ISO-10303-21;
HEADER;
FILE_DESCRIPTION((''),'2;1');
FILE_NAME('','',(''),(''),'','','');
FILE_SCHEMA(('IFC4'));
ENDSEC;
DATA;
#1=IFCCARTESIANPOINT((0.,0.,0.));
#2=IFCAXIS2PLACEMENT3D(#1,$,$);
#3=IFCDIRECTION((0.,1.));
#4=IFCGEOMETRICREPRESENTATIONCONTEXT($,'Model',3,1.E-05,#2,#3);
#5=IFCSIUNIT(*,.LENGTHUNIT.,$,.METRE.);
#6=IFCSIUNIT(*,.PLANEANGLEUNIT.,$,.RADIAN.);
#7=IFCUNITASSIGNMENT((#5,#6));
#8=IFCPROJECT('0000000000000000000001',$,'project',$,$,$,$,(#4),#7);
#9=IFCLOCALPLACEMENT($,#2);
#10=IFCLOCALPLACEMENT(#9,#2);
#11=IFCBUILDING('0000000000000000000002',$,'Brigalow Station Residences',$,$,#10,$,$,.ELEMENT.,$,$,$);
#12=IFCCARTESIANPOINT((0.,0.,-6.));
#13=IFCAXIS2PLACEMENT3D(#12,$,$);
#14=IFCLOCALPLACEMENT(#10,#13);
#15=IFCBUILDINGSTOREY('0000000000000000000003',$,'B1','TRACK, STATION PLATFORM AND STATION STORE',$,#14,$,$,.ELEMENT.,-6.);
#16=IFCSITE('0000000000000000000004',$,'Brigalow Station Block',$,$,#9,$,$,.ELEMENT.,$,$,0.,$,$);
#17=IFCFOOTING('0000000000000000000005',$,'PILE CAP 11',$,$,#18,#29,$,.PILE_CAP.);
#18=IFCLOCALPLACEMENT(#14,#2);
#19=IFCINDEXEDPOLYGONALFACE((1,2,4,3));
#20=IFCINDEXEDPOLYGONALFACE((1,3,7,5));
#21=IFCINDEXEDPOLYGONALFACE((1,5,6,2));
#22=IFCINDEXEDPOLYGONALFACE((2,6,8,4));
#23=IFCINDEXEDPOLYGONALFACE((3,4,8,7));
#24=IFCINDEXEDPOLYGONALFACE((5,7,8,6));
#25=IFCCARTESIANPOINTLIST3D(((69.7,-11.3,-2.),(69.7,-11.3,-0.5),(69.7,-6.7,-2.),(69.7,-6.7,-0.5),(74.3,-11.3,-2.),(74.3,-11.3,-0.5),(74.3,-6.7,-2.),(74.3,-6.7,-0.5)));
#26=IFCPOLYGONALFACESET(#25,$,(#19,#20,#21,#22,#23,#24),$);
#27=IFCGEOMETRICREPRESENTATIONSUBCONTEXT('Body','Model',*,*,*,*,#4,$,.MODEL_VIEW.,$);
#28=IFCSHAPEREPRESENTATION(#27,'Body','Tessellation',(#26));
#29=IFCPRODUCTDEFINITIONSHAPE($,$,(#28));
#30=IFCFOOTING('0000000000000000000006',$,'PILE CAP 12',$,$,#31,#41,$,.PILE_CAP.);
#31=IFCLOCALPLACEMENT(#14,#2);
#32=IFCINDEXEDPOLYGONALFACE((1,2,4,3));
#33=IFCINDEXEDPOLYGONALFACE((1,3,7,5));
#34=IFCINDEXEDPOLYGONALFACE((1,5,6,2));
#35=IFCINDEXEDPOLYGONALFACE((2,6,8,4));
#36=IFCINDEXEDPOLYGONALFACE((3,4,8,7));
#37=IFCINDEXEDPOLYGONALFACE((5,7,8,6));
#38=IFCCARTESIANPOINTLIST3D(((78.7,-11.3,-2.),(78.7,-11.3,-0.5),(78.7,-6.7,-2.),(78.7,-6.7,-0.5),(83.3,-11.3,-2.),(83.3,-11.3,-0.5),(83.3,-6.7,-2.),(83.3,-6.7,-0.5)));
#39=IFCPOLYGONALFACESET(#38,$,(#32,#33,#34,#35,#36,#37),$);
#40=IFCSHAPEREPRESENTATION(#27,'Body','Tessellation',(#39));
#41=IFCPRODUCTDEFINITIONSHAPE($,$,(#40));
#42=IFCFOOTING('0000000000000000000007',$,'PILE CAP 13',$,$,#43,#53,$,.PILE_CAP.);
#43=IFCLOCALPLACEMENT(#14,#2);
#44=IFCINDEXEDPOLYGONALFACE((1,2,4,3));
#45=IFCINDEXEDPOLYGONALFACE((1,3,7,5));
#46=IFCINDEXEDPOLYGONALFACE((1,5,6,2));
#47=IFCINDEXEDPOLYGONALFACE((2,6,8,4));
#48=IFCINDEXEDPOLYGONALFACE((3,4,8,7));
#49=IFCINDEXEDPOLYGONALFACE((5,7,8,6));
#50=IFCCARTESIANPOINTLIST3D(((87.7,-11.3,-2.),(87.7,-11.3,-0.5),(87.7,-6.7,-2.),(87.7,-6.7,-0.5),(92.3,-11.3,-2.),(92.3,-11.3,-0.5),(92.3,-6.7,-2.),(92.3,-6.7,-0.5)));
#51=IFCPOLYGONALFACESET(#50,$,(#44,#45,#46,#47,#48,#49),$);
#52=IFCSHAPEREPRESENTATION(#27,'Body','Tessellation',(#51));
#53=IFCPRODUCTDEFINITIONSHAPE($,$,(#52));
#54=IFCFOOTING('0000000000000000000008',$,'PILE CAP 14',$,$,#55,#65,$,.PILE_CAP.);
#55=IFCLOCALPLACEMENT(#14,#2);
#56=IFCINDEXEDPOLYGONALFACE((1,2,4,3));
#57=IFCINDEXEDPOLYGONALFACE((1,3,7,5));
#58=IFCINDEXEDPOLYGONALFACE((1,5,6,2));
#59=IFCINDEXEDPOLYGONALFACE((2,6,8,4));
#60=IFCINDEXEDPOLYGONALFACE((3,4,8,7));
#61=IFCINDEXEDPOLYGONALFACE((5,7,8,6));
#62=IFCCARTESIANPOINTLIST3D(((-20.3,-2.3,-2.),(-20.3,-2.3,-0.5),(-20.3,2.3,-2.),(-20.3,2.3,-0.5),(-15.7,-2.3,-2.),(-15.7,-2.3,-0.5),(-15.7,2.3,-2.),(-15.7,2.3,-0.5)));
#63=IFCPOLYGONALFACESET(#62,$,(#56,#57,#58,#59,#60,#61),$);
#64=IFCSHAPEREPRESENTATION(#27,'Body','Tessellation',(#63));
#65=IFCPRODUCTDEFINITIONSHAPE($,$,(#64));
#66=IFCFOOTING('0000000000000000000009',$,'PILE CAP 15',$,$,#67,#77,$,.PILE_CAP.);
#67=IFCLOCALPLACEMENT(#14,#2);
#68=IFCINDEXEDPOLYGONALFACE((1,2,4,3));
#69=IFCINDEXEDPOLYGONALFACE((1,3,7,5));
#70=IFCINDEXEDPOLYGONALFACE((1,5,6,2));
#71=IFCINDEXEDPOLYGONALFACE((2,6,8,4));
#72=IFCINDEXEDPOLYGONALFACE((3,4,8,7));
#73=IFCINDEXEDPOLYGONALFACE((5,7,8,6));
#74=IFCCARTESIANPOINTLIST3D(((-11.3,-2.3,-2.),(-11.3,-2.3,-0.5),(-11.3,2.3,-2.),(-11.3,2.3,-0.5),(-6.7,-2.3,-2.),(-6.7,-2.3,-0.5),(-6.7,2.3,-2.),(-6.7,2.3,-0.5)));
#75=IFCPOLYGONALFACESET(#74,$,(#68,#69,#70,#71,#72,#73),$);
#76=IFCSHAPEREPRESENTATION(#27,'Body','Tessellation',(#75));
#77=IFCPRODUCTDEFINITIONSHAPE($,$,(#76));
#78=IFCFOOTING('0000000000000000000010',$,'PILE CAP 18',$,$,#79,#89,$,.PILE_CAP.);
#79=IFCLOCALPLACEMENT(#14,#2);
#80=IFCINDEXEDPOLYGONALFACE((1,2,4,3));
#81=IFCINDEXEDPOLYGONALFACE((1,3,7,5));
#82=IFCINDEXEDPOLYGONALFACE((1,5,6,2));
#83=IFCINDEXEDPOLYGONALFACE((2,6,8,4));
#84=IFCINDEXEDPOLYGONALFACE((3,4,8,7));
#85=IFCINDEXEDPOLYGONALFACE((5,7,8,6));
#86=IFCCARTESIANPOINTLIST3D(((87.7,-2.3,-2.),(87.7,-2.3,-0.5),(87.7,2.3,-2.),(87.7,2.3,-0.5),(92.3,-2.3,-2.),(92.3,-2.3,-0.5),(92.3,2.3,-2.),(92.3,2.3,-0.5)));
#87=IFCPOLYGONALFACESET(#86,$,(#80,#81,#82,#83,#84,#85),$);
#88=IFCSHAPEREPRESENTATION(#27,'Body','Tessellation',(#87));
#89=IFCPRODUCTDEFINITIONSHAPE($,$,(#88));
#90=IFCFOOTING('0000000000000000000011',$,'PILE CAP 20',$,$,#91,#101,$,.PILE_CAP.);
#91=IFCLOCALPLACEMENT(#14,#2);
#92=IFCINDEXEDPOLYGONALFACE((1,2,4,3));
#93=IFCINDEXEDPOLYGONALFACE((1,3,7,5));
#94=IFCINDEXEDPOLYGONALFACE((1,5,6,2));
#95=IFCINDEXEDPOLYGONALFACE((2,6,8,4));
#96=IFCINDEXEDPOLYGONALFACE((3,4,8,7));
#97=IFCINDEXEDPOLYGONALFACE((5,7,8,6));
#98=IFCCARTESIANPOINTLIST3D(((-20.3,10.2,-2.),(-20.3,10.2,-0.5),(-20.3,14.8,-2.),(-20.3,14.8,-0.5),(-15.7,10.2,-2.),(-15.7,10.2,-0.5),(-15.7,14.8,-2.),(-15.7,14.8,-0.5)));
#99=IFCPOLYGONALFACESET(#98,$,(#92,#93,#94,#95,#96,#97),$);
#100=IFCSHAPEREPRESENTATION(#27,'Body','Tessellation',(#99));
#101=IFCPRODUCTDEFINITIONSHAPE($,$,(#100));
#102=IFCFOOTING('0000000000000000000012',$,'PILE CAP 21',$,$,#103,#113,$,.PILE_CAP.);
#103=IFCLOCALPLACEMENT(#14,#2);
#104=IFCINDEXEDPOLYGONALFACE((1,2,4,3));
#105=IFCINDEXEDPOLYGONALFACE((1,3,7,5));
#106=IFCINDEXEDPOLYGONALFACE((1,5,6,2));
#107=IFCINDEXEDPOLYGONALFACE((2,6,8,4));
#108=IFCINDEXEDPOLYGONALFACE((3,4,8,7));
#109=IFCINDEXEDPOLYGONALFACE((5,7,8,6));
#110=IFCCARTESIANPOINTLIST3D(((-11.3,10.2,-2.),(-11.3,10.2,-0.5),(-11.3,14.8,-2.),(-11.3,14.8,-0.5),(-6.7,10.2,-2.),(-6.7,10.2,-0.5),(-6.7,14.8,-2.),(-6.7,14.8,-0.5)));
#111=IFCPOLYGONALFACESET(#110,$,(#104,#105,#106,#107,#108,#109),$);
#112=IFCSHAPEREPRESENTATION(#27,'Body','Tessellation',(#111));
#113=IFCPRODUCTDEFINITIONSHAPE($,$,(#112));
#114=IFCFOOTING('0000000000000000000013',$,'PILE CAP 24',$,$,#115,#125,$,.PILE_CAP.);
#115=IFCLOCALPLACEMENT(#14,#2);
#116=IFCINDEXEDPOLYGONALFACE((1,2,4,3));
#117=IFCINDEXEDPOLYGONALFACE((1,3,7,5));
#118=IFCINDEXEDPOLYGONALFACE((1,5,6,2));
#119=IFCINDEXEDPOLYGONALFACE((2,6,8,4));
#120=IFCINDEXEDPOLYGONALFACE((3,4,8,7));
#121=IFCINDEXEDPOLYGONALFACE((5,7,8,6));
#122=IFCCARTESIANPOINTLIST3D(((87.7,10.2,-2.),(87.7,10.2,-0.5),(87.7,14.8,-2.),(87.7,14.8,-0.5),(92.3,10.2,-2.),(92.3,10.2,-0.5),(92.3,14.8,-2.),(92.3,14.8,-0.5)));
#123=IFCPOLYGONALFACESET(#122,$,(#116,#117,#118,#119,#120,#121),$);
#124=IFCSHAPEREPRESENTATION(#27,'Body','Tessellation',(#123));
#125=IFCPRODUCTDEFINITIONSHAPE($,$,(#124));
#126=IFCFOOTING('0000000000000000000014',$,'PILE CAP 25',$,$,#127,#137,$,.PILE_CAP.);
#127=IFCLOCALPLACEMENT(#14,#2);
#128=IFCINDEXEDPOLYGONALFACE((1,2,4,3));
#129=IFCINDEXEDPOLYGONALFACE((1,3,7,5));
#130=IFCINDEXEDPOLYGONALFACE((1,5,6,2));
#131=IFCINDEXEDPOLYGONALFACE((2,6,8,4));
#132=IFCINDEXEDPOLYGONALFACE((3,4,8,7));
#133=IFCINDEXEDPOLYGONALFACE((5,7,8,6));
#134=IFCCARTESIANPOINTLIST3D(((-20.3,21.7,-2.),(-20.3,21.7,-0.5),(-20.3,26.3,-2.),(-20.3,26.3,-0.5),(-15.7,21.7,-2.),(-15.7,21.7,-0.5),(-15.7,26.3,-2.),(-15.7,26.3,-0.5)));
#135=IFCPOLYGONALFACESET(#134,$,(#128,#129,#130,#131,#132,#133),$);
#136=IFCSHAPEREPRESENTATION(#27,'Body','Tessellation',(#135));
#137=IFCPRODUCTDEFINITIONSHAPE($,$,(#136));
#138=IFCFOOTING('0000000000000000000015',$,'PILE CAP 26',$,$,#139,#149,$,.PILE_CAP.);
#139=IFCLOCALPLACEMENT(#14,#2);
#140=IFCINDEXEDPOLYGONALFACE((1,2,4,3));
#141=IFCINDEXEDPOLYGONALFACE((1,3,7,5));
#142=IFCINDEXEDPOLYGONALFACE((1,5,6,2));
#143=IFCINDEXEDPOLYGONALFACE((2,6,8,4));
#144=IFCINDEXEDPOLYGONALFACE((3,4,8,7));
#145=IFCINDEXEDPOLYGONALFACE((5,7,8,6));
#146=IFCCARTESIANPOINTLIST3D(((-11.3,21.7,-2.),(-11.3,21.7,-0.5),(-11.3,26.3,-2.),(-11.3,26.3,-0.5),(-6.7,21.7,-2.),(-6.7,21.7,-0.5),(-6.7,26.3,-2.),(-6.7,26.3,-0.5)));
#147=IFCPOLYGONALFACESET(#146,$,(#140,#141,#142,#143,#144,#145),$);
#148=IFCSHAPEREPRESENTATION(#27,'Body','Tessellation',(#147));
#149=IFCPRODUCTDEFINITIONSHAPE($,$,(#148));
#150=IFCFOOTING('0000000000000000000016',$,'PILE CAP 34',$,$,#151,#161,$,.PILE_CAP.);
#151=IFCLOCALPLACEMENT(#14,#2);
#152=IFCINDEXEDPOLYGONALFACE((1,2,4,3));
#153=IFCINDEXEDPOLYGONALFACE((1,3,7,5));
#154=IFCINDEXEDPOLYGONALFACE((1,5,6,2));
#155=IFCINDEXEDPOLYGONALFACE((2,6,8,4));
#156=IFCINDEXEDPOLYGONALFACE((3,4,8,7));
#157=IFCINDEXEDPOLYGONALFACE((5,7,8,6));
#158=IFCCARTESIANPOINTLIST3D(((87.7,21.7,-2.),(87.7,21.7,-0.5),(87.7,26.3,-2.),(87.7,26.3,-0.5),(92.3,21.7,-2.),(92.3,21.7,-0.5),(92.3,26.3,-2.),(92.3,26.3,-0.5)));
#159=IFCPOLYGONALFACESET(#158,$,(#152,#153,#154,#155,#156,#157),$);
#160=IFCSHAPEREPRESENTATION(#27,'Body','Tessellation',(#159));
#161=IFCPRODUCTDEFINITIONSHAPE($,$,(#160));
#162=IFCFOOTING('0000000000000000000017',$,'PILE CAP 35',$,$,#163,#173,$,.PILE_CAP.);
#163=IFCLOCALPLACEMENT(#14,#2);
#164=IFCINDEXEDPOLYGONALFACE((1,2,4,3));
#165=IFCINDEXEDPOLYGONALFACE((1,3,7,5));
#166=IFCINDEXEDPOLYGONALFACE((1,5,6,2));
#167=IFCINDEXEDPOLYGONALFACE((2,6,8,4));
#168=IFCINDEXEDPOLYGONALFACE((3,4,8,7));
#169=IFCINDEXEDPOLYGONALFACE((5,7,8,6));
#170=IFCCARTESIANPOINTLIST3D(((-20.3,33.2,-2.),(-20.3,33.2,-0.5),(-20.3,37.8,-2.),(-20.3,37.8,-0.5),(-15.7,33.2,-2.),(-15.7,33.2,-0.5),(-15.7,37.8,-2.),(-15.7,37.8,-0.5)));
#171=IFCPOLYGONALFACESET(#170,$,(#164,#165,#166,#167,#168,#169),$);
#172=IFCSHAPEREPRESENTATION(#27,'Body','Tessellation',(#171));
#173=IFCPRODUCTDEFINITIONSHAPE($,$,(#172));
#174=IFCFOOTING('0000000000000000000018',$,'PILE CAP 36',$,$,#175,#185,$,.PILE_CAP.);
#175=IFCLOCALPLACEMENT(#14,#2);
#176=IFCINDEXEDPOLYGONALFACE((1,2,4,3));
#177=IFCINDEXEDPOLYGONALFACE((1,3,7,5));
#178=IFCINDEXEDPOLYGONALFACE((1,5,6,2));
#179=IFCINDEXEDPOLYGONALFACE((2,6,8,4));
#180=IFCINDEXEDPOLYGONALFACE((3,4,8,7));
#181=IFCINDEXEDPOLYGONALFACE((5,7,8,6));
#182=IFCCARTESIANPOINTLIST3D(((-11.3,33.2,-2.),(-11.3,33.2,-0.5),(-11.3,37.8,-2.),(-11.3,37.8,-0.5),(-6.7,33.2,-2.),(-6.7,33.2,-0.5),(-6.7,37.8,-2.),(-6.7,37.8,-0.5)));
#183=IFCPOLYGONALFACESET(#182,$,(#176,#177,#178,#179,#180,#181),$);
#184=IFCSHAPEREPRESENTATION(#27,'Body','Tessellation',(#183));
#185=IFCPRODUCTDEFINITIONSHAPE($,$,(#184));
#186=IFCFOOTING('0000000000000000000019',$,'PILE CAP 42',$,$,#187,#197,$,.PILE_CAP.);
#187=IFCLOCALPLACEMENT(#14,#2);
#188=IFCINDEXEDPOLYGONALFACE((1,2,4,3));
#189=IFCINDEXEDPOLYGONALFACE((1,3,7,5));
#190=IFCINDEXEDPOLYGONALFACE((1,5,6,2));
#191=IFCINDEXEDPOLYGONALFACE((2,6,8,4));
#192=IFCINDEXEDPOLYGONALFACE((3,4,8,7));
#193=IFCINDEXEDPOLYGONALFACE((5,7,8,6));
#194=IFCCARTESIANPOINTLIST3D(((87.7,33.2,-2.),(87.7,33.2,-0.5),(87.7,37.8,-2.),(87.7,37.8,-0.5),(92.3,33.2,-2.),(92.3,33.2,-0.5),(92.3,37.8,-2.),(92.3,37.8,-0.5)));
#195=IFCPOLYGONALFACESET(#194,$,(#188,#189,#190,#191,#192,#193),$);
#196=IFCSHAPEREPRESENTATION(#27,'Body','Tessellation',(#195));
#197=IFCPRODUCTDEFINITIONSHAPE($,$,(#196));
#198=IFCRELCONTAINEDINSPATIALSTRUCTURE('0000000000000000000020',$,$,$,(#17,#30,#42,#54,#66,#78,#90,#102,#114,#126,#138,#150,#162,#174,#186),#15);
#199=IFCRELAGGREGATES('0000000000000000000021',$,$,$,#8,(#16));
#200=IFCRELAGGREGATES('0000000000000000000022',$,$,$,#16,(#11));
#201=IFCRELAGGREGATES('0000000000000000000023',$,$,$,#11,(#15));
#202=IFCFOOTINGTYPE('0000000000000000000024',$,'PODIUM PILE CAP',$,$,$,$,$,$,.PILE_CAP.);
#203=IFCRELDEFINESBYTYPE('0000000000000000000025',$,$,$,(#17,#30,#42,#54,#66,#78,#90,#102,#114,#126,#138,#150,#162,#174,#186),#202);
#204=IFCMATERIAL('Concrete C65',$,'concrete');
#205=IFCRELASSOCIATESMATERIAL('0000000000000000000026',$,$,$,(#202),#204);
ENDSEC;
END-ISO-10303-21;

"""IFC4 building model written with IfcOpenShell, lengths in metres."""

from ifc_helpers import new_model, si_unit, direction, frame, origin, place, context, subcontext, project, spatial, polyline, outline, extrude, material, type_object, element, save


model = new_model("IFC4")

# Units and contexts
model_context = context("Model", 3, precision=1e-05, world=origin(), true_north=direction((0.0, 1.0)))
body_context = subcontext(model_context, "Body", "Model", "MODEL_VIEW")
ifc_project = project(units=[si_unit("LENGTHUNIT", "METRE"), si_unit("PLANEANGLEUNIT", "RADIAN")], contexts=[model_context])

# Site, building, storey
site_placement = place(None, origin())
site = spatial("IfcSite", under=ifc_project, at=site_placement, Name="Brigalow Station Block", CompositionType="ELEMENT", RefElevation=0.0)
building_placement = place(site_placement, origin())
building = spatial("IfcBuilding", under=site, at=building_placement, Name="Brigalow Station Residences", CompositionType="ELEMENT")
storey_placement = place(building_placement, frame((0.0, 0.0, -6.0)))
storey = spatial("IfcBuildingStorey", under=building, at=storey_placement, Name="B1", Description="TRACK, STATION PLATFORM AND STATION STORE", CompositionType="ELEMENT", Elevation=-6.0)

# Footings
ifc_material_1 = material(Name="Concrete C65", Category="concrete")
footing_type_1 = type_object("IfcFootingType", Name="PODIUM PILE CAP", PredefinedType="PILE_CAP", material=ifc_material_1)
footing_1_placement = place(storey_placement, frame((0.0, 0.0, -2.0)))
element("IfcFooting", 1, at=footing_1_placement, inside=storey, type_object=footing_type_1, Name="PILE CAP 11", PredefinedType="PILE_CAP", context=body_context, shape_type="SweptSolid", body=[
    extrude(outline(polyline([(74.3, -11.3), (74.3, -6.7), (69.7, -6.7), (69.7, -11.3), (74.3, -11.3)])), origin(), (0.0, 0.0, 1.0), 1.5),
])
footing_2_placement = place(storey_placement, frame((0.0, 0.0, -2.0)))
element("IfcFooting", 2, at=footing_2_placement, inside=storey, type_object=footing_type_1, Name="PILE CAP 12", PredefinedType="PILE_CAP", context=body_context, shape_type="SweptSolid", body=[
    extrude(outline(polyline([(83.3, -11.3), (83.3, -6.7), (78.7, -6.7), (78.7, -11.3), (83.3, -11.3)])), origin(), (0.0, 0.0, 1.0), 1.5),
])
footing_3_placement = place(storey_placement, frame((0.0, 0.0, -2.0)))
element("IfcFooting", 3, at=footing_3_placement, inside=storey, type_object=footing_type_1, Name="PILE CAP 13", PredefinedType="PILE_CAP", context=body_context, shape_type="SweptSolid", body=[
    extrude(outline(polyline([(92.3, -11.3), (92.3, -6.7), (87.7, -6.7), (87.7, -11.3), (92.3, -11.3)])), origin(), (0.0, 0.0, 1.0), 1.5),
])
footing_4_placement = place(storey_placement, frame((0.0, 0.0, -2.0)))
element("IfcFooting", 4, at=footing_4_placement, inside=storey, type_object=footing_type_1, Name="PILE CAP 14", PredefinedType="PILE_CAP", context=body_context, shape_type="SweptSolid", body=[
    extrude(outline(polyline([(-15.7, -2.3), (-15.7, 2.3), (-20.3, 2.3), (-20.3, -2.3), (-15.7, -2.3)])), origin(), (0.0, 0.0, 1.0), 1.5),
])
footing_5_placement = place(storey_placement, frame((0.0, 0.0, -2.0)))
element("IfcFooting", 5, at=footing_5_placement, inside=storey, type_object=footing_type_1, Name="PILE CAP 15", PredefinedType="PILE_CAP", context=body_context, shape_type="SweptSolid", body=[
    extrude(outline(polyline([(-6.7, -2.3), (-6.7, 2.3), (-11.3, 2.3), (-11.3, -2.3), (-6.7, -2.3)])), origin(), (0.0, 0.0, 1.0), 1.5),
])
footing_6_placement = place(storey_placement, frame((0.0, 0.0, -2.0)))
element("IfcFooting", 6, at=footing_6_placement, inside=storey, type_object=footing_type_1, Name="PILE CAP 18", PredefinedType="PILE_CAP", context=body_context, shape_type="SweptSolid", body=[
    extrude(outline(polyline([(92.3, -2.3), (92.3, 2.3), (87.7, 2.3), (87.7, -2.3), (92.3, -2.3)])), origin(), (0.0, 0.0, 1.0), 1.5),
])
footing_7_placement = place(storey_placement, frame((0.0, 0.0, -2.0)))
element("IfcFooting", 7, at=footing_7_placement, inside=storey, type_object=footing_type_1, Name="PILE CAP 20", PredefinedType="PILE_CAP", context=body_context, shape_type="SweptSolid", body=[
    extrude(outline(polyline([(-15.7, 10.2), (-15.7, 14.8), (-20.3, 14.8), (-20.3, 10.2), (-15.7, 10.2)])), origin(), (0.0, 0.0, 1.0), 1.5),
])
footing_8_placement = place(storey_placement, frame((0.0, 0.0, -2.0)))
element("IfcFooting", 8, at=footing_8_placement, inside=storey, type_object=footing_type_1, Name="PILE CAP 21", PredefinedType="PILE_CAP", context=body_context, shape_type="SweptSolid", body=[
    extrude(outline(polyline([(-6.7, 10.2), (-6.7, 14.8), (-11.3, 14.8), (-11.3, 10.2), (-6.7, 10.2)])), origin(), (0.0, 0.0, 1.0), 1.5),
])
footing_9_placement = place(storey_placement, frame((0.0, 0.0, -2.0)))
element("IfcFooting", 9, at=footing_9_placement, inside=storey, type_object=footing_type_1, Name="PILE CAP 24", PredefinedType="PILE_CAP", context=body_context, shape_type="SweptSolid", body=[
    extrude(outline(polyline([(92.3, 10.2), (92.3, 14.8), (87.7, 14.8), (87.7, 10.2), (92.3, 10.2)])), origin(), (0.0, 0.0, 1.0), 1.5),
])
footing_10_placement = place(storey_placement, frame((0.0, 0.0, -2.0)))
element("IfcFooting", 10, at=footing_10_placement, inside=storey, type_object=footing_type_1, Name="PILE CAP 25", PredefinedType="PILE_CAP", context=body_context, shape_type="SweptSolid", body=[
    extrude(outline(polyline([(-15.7, 21.7), (-15.7, 26.3), (-20.3, 26.3), (-20.3, 21.7), (-15.7, 21.7)])), origin(), (0.0, 0.0, 1.0), 1.5),
])
footing_11_placement = place(storey_placement, frame((0.0, 0.0, -2.0)))
element("IfcFooting", 11, at=footing_11_placement, inside=storey, type_object=footing_type_1, Name="PILE CAP 26", PredefinedType="PILE_CAP", context=body_context, shape_type="SweptSolid", body=[
    extrude(outline(polyline([(-6.7, 21.7), (-6.7, 26.3), (-11.3, 26.3), (-11.3, 21.7), (-6.7, 21.7)])), origin(), (0.0, 0.0, 1.0), 1.5),
])
footing_12_placement = place(storey_placement, frame((0.0, 0.0, -2.0)))
element("IfcFooting", 12, at=footing_12_placement, inside=storey, type_object=footing_type_1, Name="PILE CAP 34", PredefinedType="PILE_CAP", context=body_context, shape_type="SweptSolid", body=[
    extrude(outline(polyline([(92.3, 21.7), (92.3, 26.3), (87.7, 26.3), (87.7, 21.7), (92.3, 21.7)])), origin(), (0.0, 0.0, 1.0), 1.5),
])
footing_13_placement = place(storey_placement, frame((0.0, 0.0, -2.0)))
element("IfcFooting", 13, at=footing_13_placement, inside=storey, type_object=footing_type_1, Name="PILE CAP 35", PredefinedType="PILE_CAP", context=body_context, shape_type="SweptSolid", body=[
    extrude(outline(polyline([(-15.7, 33.2), (-15.7, 37.8), (-20.3, 37.8), (-20.3, 33.2), (-15.7, 33.2)])), origin(), (0.0, 0.0, 1.0), 1.5),
])
footing_14_placement = place(storey_placement, frame((0.0, 0.0, -2.0)))
element("IfcFooting", 14, at=footing_14_placement, inside=storey, type_object=footing_type_1, Name="PILE CAP 36", PredefinedType="PILE_CAP", context=body_context, shape_type="SweptSolid", body=[
    extrude(outline(polyline([(-6.7, 33.2), (-6.7, 37.8), (-11.3, 37.8), (-11.3, 33.2), (-6.7, 33.2)])), origin(), (0.0, 0.0, 1.0), 1.5),
])
footing_15_placement = place(storey_placement, frame((0.0, 0.0, -2.0)))
element("IfcFooting", 15, at=footing_15_placement, inside=storey, type_object=footing_type_1, Name="PILE CAP 42", PredefinedType="PILE_CAP", context=body_context, shape_type="SweptSolid", body=[
    extrude(outline(polyline([(92.3, 33.2), (92.3, 37.8), (87.7, 37.8), (87.7, 33.2), (92.3, 33.2)])), origin(), (0.0, 0.0, 1.0), 1.5),
])

save(model, "model.ifc")
